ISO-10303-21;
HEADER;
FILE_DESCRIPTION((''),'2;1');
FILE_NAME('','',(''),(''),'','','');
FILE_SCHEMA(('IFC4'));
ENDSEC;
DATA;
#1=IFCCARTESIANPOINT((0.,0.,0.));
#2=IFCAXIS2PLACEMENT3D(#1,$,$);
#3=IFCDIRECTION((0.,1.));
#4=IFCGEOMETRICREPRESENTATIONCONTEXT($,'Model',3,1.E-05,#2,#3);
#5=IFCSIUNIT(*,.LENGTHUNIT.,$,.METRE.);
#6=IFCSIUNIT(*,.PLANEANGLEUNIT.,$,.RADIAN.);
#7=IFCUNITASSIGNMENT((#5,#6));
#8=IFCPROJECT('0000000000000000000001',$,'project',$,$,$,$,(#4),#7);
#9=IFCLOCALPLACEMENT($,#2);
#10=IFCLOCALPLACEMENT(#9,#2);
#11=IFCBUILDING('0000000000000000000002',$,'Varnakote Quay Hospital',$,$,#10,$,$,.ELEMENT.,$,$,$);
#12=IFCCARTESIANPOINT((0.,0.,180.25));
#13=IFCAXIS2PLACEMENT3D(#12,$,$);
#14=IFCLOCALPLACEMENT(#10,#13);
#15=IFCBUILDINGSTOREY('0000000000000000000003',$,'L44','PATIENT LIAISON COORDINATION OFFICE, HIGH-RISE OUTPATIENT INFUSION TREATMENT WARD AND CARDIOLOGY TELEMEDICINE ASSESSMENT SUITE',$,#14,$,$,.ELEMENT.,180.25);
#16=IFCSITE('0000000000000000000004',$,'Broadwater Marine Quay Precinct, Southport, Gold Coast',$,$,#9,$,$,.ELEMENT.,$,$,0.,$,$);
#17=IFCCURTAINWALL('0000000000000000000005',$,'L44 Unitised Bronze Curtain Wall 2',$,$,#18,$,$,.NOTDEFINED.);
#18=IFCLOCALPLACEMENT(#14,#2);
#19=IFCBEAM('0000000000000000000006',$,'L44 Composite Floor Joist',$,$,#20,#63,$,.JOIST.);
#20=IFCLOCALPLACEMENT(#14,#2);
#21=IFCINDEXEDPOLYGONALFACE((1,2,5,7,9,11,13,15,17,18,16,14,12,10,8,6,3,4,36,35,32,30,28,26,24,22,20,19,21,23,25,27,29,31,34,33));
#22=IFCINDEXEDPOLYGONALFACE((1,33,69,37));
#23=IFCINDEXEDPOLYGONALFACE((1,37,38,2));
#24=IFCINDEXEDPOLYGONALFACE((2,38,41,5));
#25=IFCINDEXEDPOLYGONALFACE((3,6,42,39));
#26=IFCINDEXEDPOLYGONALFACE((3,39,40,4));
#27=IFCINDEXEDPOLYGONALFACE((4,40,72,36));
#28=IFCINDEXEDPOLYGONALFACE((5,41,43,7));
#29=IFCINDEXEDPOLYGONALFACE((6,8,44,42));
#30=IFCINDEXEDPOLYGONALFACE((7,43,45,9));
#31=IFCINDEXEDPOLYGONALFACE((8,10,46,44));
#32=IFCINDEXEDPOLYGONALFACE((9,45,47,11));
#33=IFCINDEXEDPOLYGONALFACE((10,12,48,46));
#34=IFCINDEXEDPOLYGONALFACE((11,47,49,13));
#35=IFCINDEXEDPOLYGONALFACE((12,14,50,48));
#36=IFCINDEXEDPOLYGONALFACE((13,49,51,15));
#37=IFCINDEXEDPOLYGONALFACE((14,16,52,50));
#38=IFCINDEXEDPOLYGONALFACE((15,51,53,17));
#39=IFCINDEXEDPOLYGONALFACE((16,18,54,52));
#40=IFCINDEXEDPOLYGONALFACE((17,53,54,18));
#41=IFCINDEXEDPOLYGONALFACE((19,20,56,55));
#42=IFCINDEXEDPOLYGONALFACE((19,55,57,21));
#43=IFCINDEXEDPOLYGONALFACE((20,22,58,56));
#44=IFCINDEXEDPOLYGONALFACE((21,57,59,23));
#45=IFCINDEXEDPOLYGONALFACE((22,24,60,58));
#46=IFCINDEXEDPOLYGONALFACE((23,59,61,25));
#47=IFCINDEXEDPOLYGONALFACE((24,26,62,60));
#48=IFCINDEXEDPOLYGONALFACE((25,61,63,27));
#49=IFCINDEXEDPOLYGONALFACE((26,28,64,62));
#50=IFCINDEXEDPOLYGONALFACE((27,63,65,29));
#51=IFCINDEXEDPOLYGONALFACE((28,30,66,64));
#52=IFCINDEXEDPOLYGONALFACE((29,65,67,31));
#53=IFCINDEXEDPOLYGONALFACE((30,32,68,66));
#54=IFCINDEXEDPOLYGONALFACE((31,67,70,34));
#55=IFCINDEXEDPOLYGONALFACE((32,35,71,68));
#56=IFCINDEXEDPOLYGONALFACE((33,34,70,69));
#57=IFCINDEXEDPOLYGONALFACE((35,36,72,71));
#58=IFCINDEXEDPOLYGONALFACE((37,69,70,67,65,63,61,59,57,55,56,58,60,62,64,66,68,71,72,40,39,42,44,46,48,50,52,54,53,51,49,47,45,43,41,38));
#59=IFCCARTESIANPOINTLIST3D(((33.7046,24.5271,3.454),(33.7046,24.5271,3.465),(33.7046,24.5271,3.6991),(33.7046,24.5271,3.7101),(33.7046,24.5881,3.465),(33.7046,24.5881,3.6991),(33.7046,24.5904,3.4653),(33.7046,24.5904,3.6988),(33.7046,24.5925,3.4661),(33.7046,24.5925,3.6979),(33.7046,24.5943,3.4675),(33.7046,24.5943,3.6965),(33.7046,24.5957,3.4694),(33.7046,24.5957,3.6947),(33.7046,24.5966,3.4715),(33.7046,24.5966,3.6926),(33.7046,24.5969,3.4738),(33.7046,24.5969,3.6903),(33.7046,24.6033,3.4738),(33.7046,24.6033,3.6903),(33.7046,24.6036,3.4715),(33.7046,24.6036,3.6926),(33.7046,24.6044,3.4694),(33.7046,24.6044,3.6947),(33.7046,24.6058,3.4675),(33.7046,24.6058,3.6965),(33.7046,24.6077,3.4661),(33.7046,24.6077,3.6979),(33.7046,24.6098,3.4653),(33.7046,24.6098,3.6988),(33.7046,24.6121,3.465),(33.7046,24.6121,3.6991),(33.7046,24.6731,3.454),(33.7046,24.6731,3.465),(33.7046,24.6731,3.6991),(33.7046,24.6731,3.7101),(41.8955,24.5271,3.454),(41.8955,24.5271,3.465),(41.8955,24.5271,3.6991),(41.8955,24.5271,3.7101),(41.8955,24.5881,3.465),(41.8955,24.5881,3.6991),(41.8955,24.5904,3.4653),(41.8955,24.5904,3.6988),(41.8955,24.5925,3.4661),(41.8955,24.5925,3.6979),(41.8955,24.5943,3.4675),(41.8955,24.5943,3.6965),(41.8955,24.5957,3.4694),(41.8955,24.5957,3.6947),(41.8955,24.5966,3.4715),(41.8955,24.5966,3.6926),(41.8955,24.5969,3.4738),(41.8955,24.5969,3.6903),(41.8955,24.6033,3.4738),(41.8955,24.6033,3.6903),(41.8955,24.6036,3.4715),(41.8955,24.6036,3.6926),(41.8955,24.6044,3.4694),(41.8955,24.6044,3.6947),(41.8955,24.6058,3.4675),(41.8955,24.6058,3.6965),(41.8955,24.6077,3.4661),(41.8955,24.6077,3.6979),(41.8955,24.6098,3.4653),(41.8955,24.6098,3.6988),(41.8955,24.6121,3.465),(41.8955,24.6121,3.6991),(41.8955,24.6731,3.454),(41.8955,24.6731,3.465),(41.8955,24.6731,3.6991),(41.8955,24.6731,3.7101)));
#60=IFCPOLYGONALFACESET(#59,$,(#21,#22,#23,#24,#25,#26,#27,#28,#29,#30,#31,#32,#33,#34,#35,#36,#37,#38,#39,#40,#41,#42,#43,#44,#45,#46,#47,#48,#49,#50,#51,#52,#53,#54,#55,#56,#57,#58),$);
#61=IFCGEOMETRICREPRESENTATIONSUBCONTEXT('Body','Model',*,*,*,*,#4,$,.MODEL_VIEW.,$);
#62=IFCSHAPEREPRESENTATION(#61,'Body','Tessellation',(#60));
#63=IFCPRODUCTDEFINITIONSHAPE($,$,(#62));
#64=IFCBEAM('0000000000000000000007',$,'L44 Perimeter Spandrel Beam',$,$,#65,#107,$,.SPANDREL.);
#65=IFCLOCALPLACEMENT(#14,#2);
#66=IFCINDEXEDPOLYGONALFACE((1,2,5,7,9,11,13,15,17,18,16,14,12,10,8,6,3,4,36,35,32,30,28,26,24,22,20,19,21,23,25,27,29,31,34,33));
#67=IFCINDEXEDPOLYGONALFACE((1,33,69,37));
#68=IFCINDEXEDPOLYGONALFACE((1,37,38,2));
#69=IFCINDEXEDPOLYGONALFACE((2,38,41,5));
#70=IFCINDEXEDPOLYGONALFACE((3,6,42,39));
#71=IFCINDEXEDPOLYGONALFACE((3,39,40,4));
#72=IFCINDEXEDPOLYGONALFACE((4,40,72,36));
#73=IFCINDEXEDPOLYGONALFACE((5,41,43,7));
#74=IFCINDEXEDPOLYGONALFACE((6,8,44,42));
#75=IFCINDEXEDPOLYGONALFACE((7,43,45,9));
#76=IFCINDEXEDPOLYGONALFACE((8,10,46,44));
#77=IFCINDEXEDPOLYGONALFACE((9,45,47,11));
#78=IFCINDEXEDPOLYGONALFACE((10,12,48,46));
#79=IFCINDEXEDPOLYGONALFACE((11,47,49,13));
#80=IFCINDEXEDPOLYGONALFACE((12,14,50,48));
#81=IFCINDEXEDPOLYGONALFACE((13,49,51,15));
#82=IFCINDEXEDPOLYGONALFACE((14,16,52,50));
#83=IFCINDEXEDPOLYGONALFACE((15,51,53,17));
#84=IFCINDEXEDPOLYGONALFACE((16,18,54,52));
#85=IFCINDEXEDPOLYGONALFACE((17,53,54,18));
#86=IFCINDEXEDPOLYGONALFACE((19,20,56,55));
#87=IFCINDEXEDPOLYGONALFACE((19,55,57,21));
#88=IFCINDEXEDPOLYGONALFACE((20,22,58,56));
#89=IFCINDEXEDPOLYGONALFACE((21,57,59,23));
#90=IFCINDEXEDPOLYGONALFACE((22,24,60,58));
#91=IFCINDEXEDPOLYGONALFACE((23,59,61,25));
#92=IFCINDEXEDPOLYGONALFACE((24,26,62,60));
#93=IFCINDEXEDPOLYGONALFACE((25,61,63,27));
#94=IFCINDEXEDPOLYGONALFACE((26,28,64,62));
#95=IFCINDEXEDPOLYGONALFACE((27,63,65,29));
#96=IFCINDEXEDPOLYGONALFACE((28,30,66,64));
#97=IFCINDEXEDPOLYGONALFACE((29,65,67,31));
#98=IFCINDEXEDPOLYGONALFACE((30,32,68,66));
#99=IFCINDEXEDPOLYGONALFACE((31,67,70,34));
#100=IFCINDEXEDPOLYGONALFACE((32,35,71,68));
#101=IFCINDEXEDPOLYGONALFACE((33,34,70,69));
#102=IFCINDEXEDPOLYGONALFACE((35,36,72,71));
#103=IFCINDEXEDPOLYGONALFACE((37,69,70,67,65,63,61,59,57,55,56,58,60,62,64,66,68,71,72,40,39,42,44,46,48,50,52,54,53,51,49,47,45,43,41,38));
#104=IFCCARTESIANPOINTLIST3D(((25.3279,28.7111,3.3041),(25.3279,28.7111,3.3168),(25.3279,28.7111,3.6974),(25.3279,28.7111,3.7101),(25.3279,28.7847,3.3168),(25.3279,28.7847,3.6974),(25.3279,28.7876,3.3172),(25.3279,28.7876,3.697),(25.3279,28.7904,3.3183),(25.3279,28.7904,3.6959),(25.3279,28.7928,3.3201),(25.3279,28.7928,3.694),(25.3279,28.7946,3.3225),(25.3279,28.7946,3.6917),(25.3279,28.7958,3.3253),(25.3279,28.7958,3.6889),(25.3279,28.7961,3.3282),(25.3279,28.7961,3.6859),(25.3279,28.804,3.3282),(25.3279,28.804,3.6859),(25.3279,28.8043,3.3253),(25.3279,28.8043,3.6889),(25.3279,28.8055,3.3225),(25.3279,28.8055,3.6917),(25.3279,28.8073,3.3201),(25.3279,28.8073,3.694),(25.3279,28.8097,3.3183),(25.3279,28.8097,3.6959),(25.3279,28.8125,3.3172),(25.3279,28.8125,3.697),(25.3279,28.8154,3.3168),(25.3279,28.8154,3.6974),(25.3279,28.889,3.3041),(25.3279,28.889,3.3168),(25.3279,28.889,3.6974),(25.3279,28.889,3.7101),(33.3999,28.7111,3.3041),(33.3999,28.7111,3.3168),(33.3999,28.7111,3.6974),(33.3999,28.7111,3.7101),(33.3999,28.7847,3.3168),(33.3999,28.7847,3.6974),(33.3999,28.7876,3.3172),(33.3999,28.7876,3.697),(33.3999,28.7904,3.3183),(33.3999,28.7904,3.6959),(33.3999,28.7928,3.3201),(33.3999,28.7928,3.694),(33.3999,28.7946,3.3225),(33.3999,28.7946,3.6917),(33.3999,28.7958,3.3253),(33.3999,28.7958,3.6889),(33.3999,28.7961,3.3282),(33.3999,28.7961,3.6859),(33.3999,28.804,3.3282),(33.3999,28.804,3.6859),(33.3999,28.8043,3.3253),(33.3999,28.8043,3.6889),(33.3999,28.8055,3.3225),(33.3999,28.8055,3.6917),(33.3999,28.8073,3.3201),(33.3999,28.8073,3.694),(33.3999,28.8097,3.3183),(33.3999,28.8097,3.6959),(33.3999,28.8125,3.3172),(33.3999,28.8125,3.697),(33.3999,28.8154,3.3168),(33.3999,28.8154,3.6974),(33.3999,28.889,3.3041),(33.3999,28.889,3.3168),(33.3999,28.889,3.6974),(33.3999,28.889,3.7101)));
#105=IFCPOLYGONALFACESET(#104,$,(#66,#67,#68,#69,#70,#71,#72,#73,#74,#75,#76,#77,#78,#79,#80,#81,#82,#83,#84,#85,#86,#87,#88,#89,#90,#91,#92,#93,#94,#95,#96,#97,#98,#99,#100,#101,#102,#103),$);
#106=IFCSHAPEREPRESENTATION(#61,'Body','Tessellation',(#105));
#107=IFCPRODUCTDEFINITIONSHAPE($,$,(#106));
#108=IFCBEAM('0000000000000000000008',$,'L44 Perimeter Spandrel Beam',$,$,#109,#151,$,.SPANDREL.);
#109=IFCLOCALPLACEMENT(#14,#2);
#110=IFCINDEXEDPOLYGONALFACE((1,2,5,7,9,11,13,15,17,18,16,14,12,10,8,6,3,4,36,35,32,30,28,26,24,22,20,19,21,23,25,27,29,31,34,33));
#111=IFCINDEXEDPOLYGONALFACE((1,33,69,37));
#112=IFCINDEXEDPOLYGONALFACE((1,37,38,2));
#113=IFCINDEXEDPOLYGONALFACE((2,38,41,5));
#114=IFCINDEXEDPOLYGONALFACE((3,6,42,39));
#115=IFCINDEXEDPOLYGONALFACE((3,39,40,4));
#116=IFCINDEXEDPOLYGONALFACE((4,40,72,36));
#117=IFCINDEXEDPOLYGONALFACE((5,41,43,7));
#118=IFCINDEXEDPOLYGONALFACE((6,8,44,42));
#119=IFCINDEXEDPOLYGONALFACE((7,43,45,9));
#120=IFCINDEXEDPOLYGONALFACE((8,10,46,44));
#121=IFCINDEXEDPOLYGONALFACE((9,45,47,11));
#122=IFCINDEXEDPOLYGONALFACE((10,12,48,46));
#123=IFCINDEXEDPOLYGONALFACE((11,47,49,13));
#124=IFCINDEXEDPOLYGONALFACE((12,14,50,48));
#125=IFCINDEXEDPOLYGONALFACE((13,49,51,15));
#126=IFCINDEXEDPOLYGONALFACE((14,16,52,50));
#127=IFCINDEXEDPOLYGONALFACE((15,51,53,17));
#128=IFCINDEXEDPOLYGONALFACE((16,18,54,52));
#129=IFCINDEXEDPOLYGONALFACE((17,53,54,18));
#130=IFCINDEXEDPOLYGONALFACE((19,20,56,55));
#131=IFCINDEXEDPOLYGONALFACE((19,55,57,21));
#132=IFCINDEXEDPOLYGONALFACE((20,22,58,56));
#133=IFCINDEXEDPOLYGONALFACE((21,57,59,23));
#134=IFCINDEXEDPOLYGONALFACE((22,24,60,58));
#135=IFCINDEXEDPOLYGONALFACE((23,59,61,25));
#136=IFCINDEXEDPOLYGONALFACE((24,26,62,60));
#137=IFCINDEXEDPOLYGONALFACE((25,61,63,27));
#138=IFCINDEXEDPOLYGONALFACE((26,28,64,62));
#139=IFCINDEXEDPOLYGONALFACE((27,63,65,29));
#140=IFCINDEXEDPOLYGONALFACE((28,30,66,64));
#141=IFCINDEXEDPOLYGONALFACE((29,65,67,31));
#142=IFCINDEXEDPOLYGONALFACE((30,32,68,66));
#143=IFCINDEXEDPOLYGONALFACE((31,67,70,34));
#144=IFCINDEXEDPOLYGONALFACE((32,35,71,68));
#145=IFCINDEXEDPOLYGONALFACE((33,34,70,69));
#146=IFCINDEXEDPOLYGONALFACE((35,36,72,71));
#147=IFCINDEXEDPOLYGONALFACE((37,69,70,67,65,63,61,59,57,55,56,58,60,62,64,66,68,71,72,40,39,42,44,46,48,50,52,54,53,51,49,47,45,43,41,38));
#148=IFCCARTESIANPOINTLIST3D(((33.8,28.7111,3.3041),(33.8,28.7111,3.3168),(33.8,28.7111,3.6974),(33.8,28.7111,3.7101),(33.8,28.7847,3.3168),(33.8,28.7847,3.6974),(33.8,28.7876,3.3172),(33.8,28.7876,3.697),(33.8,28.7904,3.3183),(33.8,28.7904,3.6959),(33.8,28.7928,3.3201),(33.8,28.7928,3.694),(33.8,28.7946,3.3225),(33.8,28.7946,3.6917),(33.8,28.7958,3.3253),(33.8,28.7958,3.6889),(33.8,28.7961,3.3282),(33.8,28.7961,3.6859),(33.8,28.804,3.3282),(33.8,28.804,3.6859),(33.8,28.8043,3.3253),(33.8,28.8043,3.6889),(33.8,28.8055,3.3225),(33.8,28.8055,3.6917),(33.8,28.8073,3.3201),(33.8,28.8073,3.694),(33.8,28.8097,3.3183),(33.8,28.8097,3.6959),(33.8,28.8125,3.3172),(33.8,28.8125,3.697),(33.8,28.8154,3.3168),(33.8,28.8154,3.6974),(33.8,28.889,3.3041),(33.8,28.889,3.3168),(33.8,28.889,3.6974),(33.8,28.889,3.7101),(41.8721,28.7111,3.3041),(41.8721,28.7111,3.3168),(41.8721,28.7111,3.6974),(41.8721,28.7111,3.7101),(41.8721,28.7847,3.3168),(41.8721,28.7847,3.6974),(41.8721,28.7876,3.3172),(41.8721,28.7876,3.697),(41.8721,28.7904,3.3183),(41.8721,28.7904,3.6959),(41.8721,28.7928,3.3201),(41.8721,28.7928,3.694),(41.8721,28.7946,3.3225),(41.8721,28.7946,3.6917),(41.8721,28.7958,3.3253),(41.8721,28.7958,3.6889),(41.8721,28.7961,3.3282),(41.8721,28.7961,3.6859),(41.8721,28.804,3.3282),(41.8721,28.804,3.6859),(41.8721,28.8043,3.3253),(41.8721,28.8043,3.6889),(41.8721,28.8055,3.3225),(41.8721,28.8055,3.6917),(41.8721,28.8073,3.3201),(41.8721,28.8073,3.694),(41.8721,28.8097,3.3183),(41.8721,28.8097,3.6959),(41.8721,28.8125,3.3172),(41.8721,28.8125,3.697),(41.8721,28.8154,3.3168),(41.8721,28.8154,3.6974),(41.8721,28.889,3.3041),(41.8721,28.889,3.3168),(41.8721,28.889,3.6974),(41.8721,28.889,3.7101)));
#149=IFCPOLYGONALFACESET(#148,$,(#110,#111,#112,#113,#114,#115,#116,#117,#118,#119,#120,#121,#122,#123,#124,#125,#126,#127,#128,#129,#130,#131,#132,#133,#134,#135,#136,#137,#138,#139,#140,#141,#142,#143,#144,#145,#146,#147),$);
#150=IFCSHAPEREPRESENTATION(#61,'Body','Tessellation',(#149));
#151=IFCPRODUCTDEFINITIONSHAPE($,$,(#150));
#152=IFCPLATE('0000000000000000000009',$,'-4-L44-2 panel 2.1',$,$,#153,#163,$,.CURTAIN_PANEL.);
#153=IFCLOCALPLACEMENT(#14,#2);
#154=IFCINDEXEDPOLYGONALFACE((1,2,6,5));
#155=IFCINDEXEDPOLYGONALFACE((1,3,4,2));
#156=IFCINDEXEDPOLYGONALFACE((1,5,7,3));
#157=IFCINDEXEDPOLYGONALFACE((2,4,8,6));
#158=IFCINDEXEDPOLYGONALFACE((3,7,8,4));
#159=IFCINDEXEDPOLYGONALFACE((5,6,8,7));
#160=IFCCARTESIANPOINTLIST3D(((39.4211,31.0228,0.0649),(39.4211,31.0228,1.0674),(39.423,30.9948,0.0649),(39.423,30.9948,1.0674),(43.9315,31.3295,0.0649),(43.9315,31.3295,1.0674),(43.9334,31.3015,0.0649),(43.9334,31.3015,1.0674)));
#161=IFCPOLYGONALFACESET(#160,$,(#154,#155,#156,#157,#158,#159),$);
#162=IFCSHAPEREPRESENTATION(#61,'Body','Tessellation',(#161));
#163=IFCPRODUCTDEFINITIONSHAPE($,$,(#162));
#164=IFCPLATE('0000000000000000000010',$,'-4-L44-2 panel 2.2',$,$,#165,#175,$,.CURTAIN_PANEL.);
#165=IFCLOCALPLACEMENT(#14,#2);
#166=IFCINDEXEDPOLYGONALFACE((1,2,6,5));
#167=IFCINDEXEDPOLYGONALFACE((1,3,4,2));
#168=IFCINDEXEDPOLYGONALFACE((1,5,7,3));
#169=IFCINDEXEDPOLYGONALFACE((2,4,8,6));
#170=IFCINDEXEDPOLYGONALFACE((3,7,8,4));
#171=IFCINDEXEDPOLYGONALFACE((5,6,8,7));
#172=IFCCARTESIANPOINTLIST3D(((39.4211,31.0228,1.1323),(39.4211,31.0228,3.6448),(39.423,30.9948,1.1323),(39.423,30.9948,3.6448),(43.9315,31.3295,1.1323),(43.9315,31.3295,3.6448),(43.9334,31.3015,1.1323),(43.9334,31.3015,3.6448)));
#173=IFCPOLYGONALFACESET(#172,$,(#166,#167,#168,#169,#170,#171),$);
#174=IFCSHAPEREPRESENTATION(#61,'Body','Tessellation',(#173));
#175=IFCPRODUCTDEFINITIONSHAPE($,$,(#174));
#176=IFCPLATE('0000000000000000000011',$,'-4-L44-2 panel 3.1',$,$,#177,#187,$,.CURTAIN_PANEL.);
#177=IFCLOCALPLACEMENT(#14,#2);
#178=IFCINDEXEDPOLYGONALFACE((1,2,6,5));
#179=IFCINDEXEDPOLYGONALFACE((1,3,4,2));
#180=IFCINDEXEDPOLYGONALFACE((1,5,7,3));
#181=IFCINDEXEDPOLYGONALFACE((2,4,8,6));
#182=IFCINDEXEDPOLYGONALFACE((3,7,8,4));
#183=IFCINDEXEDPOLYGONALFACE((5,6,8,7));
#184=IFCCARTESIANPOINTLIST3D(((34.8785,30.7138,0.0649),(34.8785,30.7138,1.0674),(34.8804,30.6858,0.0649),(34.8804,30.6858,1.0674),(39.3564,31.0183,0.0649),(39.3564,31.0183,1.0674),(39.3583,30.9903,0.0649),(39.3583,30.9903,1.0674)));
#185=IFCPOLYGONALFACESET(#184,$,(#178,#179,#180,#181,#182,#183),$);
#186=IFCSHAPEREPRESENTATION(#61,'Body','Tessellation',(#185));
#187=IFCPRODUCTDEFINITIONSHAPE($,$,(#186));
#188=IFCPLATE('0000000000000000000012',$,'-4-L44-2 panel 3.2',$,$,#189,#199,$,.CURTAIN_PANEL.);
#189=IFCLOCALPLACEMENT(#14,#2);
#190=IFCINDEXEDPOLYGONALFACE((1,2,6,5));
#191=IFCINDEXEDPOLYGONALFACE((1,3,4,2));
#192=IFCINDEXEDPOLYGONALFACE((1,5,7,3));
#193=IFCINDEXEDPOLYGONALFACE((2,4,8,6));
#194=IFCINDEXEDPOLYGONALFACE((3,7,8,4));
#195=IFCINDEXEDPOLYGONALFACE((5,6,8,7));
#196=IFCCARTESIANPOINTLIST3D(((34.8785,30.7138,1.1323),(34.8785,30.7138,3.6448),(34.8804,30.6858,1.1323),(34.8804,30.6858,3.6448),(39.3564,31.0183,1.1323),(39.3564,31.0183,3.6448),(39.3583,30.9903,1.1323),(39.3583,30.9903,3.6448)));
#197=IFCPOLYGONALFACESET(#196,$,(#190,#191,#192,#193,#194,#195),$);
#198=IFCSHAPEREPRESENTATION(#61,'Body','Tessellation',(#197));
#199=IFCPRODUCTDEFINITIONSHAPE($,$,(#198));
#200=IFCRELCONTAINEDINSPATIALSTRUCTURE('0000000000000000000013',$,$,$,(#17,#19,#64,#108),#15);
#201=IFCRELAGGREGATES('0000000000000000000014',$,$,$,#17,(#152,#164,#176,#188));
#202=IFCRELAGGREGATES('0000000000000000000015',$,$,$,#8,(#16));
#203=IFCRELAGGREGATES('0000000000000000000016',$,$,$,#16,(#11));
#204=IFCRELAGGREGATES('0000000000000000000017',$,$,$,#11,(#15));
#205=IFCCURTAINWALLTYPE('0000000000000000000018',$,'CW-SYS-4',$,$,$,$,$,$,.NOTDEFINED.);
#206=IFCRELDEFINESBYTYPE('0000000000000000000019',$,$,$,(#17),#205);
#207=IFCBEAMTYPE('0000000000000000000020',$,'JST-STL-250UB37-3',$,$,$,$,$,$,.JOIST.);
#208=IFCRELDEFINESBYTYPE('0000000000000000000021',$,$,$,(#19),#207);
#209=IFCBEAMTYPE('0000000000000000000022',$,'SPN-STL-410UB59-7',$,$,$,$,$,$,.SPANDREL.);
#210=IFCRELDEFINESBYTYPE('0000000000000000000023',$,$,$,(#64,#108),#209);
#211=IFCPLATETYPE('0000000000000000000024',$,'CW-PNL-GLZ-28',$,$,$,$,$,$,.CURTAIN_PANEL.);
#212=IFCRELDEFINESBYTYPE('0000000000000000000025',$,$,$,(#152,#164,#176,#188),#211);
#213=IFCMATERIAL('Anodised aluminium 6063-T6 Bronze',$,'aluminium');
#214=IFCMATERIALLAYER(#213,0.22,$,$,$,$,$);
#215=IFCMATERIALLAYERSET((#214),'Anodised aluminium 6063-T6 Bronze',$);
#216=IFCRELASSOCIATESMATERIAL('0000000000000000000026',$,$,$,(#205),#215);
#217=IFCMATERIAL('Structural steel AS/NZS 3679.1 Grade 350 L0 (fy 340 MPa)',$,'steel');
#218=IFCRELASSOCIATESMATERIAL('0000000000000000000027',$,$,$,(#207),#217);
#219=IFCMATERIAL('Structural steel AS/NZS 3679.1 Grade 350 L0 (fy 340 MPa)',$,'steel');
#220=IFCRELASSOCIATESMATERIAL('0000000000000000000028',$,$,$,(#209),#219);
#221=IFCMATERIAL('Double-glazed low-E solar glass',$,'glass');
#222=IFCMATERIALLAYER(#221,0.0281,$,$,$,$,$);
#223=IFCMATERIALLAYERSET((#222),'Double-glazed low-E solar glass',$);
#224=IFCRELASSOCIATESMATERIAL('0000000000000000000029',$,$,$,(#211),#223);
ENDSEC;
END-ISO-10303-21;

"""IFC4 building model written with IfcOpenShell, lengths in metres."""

from ifc_helpers import new_model, si_unit, direction, frame, origin, origin_2d, place, context, subcontext, project, spatial, rectangle, i_section, extrude, material, layer, layer_set, material_profile, profile_set, type_object, element, aggregate, save


model = new_model("IFC4")

# Units and contexts
model_context = context("Model", 3, precision=1e-05, world=origin(), true_north=direction((0.0, 1.0)))
body_context = subcontext(model_context, "Body", "Model", "MODEL_VIEW")
ifc_project = project(units=[si_unit("LENGTHUNIT", "METRE"), si_unit("PLANEANGLEUNIT", "RADIAN")], contexts=[model_context])

# Site, building, storey
site_placement = place(None, origin())
site = spatial("IfcSite", under=ifc_project, at=site_placement, Name="Broadwater Marine Quay Precinct, Southport, Gold Coast", CompositionType="ELEMENT", RefElevation=0.0)
building_placement = place(site_placement, origin())
building = spatial("IfcBuilding", under=site, at=building_placement, Name="Varnakote Quay Hospital", CompositionType="ELEMENT")
storey_placement = place(building_placement, frame((0.0, 0.0, 180.25)))
storey = spatial("IfcBuildingStorey", under=building, at=storey_placement, Name="L44", Description="PATIENT LIAISON COORDINATION OFFICE, HIGH-RISE OUTPATIENT INFUSION TREATMENT WARD AND CARDIOLOGY TELEMEDICINE ASSESSMENT SUITE", CompositionType="ELEMENT", Elevation=180.25)

# Curtain wall
ifc_material_1 = material(Name="Anodised aluminium 6063-T6 Bronze", Category="aluminium")
ifc_layer_1 = layer(ifc_material_1, 0.22)
ifc_layer_set_1 = layer_set([ifc_layer_1], Name="Anodised aluminium 6063-T6 Bronze")
curtain_wall_type = type_object("IfcCurtainWallType", Name="CW-SYS-4", PredefinedType="NOTDEFINED", material=ifc_layer_set_1)
curtain_wall_placement = place(storey_placement, origin())
curtain_wall = element("IfcCurtainWall", 1, at=curtain_wall_placement, inside=storey, type_object=curtain_wall_type, Name="L44 Unitised Bronze Curtain Wall 2", PredefinedType="NOTDEFINED")

# Beams
ifc_material_2 = material(Name="Structural steel AS/NZS 3679.1 Grade 350 L0 (fy 340 MPa)", Category="steel")
ifc_material_profile_1 = material_profile(ifc_material_2, i_section(OverallWidth=0.146, OverallDepth=0.2561, WebThickness=0.0063, FlangeThickness=0.011, FilletRadius=0.0088, at=origin_2d()), Name="250UB37.3")
ifc_profile_set_1 = profile_set([ifc_material_profile_1], Name="Structural steel AS/NZS 3679.1 Grade 350 L0 (fy 340 MPa)")
beam_type_1 = type_object("IfcBeamType", Name="JST-STL-250UB37-3", PredefinedType="JOIST", material=ifc_profile_set_1)
beam_1_placement = place(storey_placement, frame((33.7046, 24.6001, 3.582), z_axis=(1.0, 0.0, 0.0), x_axis=(0.0, 1.0, 0.0)))
element("IfcBeam", 2, at=beam_1_placement, inside=storey, type_object=beam_type_1, Name="L44 Composite Floor Joist", PredefinedType="JOIST", context=body_context, shape_type="SweptSolid", body=[
    extrude(i_section(OverallWidth=0.146, OverallDepth=0.2561, WebThickness=0.0063, FlangeThickness=0.011, FilletRadius=0.0088, at=origin_2d()), origin(), (0.0, 0.0, 1.0), 8.1909),
])
ifc_material_3 = material(Name="Structural steel AS/NZS 3679.1 Grade 350 L0 (fy 340 MPa)", Category="steel")
ifc_material_profile_2 = material_profile(ifc_material_3, i_section(OverallWidth=0.178, OverallDepth=0.406, WebThickness=0.0078, FlangeThickness=0.0127, FilletRadius=0.0115, at=origin_2d()), Name="410UB59.7")
ifc_profile_set_2 = profile_set([ifc_material_profile_2], Name="Structural steel AS/NZS 3679.1 Grade 350 L0 (fy 340 MPa)")
beam_type_2 = type_object("IfcBeamType", Name="SPN-STL-410UB59-7", PredefinedType="SPANDREL", material=ifc_profile_set_2)
for number, where, z_axis, x_axis, name in (
    (3, (25.3279, 28.8, 3.5071), (1.0, 0.0, 0.0), (0.0, 1.0, 0.0), "L44 Perimeter Spandrel Beam"),
    (4, (33.8, 28.8, 3.5071), (1.0, 0.0, 0.0), (0.0, 1.0, 0.0), "L44 Perimeter Spandrel Beam"),
):
    element("IfcBeam", number, at=place(storey_placement, frame(where, z_axis=z_axis, x_axis=x_axis)), inside=storey, type_object=beam_type_2, Name=name, PredefinedType="SPANDREL", context=body_context, shape_type="SweptSolid", body=[
        extrude(i_section(OverallWidth=0.178, OverallDepth=0.406, WebThickness=0.0078, FlangeThickness=0.0127, FilletRadius=0.0115, at=origin_2d()), origin(), (0.0, 0.0, 1.0), 8.072),
    ])

# Plates
ifc_material_4 = material(Name="Double-glazed low-E solar glass", Category="glass")
ifc_layer_2 = layer(ifc_material_4, 0.0281)
ifc_layer_set_2 = layer_set([ifc_layer_2], Name="Double-glazed low-E solar glass")
plate_type = type_object("IfcPlateType", Name="CW-PNL-GLZ-28", PredefinedType="CURTAIN_PANEL", material=ifc_layer_set_2)
plate_1_placement = place(storey_placement, frame((41.6772, 31.1621, 0.0649), z_axis=(0.0, 0.0, 1.0), x_axis=(-0.997696, -0.067842, 0.0)))
plate_1 = element("IfcPlate", 5, at=plate_1_placement, type_object=plate_type, Name="-4-L44-2 panel 2.1", PredefinedType="CURTAIN_PANEL", context=body_context, shape_type="SweptSolid", body=[
    extrude(rectangle(XDim=4.5208, YDim=0.0281, at=origin_2d()), origin(), (0.0, 0.0, 1.0), 1.0024),
])
plate_2_placement = place(storey_placement, frame((41.6772, 31.1621, 1.1323), z_axis=(0.0, 0.0, 1.0), x_axis=(-0.997696, -0.067842, 0.0)))
plate_2 = element("IfcPlate", 6, at=plate_2_placement, type_object=plate_type, Name="-4-L44-2 panel 2.2", PredefinedType="CURTAIN_PANEL", context=body_context, shape_type="SweptSolid", body=[
    extrude(rectangle(XDim=4.5208, YDim=0.0281, at=origin_2d()), origin(), (0.0, 0.0, 1.0), 2.5125),
])
plate_3_placement = place(storey_placement, frame((37.1184, 30.8521, 0.0649), z_axis=(0.0, 0.0, 1.0), x_axis=(-0.997696, -0.067842, 0.0)))
plate_3 = element("IfcPlate", 7, at=plate_3_placement, type_object=plate_type, Name="-4-L44-2 panel 3.1", PredefinedType="CURTAIN_PANEL", context=body_context, shape_type="SweptSolid", body=[
    extrude(rectangle(XDim=4.4883, YDim=0.0281, at=origin_2d()), origin(), (0.0, 0.0, 1.0), 1.0024),
])
plate_4_placement = place(storey_placement, frame((37.1184, 30.8521, 1.1323), z_axis=(0.0, 0.0, 1.0), x_axis=(-0.997696, -0.067842, 0.0)))
plate_4 = element("IfcPlate", 8, at=plate_4_placement, type_object=plate_type, Name="-4-L44-2 panel 3.2", PredefinedType="CURTAIN_PANEL", context=body_context, shape_type="SweptSolid", body=[
    extrude(rectangle(XDim=4.4883, YDim=0.0281, at=origin_2d()), origin(), (0.0, 0.0, 1.0), 2.5125),
])
aggregate(curtain_wall, [plate_1, plate_2, plate_3, plate_4])

save(model, "model.ifc")
